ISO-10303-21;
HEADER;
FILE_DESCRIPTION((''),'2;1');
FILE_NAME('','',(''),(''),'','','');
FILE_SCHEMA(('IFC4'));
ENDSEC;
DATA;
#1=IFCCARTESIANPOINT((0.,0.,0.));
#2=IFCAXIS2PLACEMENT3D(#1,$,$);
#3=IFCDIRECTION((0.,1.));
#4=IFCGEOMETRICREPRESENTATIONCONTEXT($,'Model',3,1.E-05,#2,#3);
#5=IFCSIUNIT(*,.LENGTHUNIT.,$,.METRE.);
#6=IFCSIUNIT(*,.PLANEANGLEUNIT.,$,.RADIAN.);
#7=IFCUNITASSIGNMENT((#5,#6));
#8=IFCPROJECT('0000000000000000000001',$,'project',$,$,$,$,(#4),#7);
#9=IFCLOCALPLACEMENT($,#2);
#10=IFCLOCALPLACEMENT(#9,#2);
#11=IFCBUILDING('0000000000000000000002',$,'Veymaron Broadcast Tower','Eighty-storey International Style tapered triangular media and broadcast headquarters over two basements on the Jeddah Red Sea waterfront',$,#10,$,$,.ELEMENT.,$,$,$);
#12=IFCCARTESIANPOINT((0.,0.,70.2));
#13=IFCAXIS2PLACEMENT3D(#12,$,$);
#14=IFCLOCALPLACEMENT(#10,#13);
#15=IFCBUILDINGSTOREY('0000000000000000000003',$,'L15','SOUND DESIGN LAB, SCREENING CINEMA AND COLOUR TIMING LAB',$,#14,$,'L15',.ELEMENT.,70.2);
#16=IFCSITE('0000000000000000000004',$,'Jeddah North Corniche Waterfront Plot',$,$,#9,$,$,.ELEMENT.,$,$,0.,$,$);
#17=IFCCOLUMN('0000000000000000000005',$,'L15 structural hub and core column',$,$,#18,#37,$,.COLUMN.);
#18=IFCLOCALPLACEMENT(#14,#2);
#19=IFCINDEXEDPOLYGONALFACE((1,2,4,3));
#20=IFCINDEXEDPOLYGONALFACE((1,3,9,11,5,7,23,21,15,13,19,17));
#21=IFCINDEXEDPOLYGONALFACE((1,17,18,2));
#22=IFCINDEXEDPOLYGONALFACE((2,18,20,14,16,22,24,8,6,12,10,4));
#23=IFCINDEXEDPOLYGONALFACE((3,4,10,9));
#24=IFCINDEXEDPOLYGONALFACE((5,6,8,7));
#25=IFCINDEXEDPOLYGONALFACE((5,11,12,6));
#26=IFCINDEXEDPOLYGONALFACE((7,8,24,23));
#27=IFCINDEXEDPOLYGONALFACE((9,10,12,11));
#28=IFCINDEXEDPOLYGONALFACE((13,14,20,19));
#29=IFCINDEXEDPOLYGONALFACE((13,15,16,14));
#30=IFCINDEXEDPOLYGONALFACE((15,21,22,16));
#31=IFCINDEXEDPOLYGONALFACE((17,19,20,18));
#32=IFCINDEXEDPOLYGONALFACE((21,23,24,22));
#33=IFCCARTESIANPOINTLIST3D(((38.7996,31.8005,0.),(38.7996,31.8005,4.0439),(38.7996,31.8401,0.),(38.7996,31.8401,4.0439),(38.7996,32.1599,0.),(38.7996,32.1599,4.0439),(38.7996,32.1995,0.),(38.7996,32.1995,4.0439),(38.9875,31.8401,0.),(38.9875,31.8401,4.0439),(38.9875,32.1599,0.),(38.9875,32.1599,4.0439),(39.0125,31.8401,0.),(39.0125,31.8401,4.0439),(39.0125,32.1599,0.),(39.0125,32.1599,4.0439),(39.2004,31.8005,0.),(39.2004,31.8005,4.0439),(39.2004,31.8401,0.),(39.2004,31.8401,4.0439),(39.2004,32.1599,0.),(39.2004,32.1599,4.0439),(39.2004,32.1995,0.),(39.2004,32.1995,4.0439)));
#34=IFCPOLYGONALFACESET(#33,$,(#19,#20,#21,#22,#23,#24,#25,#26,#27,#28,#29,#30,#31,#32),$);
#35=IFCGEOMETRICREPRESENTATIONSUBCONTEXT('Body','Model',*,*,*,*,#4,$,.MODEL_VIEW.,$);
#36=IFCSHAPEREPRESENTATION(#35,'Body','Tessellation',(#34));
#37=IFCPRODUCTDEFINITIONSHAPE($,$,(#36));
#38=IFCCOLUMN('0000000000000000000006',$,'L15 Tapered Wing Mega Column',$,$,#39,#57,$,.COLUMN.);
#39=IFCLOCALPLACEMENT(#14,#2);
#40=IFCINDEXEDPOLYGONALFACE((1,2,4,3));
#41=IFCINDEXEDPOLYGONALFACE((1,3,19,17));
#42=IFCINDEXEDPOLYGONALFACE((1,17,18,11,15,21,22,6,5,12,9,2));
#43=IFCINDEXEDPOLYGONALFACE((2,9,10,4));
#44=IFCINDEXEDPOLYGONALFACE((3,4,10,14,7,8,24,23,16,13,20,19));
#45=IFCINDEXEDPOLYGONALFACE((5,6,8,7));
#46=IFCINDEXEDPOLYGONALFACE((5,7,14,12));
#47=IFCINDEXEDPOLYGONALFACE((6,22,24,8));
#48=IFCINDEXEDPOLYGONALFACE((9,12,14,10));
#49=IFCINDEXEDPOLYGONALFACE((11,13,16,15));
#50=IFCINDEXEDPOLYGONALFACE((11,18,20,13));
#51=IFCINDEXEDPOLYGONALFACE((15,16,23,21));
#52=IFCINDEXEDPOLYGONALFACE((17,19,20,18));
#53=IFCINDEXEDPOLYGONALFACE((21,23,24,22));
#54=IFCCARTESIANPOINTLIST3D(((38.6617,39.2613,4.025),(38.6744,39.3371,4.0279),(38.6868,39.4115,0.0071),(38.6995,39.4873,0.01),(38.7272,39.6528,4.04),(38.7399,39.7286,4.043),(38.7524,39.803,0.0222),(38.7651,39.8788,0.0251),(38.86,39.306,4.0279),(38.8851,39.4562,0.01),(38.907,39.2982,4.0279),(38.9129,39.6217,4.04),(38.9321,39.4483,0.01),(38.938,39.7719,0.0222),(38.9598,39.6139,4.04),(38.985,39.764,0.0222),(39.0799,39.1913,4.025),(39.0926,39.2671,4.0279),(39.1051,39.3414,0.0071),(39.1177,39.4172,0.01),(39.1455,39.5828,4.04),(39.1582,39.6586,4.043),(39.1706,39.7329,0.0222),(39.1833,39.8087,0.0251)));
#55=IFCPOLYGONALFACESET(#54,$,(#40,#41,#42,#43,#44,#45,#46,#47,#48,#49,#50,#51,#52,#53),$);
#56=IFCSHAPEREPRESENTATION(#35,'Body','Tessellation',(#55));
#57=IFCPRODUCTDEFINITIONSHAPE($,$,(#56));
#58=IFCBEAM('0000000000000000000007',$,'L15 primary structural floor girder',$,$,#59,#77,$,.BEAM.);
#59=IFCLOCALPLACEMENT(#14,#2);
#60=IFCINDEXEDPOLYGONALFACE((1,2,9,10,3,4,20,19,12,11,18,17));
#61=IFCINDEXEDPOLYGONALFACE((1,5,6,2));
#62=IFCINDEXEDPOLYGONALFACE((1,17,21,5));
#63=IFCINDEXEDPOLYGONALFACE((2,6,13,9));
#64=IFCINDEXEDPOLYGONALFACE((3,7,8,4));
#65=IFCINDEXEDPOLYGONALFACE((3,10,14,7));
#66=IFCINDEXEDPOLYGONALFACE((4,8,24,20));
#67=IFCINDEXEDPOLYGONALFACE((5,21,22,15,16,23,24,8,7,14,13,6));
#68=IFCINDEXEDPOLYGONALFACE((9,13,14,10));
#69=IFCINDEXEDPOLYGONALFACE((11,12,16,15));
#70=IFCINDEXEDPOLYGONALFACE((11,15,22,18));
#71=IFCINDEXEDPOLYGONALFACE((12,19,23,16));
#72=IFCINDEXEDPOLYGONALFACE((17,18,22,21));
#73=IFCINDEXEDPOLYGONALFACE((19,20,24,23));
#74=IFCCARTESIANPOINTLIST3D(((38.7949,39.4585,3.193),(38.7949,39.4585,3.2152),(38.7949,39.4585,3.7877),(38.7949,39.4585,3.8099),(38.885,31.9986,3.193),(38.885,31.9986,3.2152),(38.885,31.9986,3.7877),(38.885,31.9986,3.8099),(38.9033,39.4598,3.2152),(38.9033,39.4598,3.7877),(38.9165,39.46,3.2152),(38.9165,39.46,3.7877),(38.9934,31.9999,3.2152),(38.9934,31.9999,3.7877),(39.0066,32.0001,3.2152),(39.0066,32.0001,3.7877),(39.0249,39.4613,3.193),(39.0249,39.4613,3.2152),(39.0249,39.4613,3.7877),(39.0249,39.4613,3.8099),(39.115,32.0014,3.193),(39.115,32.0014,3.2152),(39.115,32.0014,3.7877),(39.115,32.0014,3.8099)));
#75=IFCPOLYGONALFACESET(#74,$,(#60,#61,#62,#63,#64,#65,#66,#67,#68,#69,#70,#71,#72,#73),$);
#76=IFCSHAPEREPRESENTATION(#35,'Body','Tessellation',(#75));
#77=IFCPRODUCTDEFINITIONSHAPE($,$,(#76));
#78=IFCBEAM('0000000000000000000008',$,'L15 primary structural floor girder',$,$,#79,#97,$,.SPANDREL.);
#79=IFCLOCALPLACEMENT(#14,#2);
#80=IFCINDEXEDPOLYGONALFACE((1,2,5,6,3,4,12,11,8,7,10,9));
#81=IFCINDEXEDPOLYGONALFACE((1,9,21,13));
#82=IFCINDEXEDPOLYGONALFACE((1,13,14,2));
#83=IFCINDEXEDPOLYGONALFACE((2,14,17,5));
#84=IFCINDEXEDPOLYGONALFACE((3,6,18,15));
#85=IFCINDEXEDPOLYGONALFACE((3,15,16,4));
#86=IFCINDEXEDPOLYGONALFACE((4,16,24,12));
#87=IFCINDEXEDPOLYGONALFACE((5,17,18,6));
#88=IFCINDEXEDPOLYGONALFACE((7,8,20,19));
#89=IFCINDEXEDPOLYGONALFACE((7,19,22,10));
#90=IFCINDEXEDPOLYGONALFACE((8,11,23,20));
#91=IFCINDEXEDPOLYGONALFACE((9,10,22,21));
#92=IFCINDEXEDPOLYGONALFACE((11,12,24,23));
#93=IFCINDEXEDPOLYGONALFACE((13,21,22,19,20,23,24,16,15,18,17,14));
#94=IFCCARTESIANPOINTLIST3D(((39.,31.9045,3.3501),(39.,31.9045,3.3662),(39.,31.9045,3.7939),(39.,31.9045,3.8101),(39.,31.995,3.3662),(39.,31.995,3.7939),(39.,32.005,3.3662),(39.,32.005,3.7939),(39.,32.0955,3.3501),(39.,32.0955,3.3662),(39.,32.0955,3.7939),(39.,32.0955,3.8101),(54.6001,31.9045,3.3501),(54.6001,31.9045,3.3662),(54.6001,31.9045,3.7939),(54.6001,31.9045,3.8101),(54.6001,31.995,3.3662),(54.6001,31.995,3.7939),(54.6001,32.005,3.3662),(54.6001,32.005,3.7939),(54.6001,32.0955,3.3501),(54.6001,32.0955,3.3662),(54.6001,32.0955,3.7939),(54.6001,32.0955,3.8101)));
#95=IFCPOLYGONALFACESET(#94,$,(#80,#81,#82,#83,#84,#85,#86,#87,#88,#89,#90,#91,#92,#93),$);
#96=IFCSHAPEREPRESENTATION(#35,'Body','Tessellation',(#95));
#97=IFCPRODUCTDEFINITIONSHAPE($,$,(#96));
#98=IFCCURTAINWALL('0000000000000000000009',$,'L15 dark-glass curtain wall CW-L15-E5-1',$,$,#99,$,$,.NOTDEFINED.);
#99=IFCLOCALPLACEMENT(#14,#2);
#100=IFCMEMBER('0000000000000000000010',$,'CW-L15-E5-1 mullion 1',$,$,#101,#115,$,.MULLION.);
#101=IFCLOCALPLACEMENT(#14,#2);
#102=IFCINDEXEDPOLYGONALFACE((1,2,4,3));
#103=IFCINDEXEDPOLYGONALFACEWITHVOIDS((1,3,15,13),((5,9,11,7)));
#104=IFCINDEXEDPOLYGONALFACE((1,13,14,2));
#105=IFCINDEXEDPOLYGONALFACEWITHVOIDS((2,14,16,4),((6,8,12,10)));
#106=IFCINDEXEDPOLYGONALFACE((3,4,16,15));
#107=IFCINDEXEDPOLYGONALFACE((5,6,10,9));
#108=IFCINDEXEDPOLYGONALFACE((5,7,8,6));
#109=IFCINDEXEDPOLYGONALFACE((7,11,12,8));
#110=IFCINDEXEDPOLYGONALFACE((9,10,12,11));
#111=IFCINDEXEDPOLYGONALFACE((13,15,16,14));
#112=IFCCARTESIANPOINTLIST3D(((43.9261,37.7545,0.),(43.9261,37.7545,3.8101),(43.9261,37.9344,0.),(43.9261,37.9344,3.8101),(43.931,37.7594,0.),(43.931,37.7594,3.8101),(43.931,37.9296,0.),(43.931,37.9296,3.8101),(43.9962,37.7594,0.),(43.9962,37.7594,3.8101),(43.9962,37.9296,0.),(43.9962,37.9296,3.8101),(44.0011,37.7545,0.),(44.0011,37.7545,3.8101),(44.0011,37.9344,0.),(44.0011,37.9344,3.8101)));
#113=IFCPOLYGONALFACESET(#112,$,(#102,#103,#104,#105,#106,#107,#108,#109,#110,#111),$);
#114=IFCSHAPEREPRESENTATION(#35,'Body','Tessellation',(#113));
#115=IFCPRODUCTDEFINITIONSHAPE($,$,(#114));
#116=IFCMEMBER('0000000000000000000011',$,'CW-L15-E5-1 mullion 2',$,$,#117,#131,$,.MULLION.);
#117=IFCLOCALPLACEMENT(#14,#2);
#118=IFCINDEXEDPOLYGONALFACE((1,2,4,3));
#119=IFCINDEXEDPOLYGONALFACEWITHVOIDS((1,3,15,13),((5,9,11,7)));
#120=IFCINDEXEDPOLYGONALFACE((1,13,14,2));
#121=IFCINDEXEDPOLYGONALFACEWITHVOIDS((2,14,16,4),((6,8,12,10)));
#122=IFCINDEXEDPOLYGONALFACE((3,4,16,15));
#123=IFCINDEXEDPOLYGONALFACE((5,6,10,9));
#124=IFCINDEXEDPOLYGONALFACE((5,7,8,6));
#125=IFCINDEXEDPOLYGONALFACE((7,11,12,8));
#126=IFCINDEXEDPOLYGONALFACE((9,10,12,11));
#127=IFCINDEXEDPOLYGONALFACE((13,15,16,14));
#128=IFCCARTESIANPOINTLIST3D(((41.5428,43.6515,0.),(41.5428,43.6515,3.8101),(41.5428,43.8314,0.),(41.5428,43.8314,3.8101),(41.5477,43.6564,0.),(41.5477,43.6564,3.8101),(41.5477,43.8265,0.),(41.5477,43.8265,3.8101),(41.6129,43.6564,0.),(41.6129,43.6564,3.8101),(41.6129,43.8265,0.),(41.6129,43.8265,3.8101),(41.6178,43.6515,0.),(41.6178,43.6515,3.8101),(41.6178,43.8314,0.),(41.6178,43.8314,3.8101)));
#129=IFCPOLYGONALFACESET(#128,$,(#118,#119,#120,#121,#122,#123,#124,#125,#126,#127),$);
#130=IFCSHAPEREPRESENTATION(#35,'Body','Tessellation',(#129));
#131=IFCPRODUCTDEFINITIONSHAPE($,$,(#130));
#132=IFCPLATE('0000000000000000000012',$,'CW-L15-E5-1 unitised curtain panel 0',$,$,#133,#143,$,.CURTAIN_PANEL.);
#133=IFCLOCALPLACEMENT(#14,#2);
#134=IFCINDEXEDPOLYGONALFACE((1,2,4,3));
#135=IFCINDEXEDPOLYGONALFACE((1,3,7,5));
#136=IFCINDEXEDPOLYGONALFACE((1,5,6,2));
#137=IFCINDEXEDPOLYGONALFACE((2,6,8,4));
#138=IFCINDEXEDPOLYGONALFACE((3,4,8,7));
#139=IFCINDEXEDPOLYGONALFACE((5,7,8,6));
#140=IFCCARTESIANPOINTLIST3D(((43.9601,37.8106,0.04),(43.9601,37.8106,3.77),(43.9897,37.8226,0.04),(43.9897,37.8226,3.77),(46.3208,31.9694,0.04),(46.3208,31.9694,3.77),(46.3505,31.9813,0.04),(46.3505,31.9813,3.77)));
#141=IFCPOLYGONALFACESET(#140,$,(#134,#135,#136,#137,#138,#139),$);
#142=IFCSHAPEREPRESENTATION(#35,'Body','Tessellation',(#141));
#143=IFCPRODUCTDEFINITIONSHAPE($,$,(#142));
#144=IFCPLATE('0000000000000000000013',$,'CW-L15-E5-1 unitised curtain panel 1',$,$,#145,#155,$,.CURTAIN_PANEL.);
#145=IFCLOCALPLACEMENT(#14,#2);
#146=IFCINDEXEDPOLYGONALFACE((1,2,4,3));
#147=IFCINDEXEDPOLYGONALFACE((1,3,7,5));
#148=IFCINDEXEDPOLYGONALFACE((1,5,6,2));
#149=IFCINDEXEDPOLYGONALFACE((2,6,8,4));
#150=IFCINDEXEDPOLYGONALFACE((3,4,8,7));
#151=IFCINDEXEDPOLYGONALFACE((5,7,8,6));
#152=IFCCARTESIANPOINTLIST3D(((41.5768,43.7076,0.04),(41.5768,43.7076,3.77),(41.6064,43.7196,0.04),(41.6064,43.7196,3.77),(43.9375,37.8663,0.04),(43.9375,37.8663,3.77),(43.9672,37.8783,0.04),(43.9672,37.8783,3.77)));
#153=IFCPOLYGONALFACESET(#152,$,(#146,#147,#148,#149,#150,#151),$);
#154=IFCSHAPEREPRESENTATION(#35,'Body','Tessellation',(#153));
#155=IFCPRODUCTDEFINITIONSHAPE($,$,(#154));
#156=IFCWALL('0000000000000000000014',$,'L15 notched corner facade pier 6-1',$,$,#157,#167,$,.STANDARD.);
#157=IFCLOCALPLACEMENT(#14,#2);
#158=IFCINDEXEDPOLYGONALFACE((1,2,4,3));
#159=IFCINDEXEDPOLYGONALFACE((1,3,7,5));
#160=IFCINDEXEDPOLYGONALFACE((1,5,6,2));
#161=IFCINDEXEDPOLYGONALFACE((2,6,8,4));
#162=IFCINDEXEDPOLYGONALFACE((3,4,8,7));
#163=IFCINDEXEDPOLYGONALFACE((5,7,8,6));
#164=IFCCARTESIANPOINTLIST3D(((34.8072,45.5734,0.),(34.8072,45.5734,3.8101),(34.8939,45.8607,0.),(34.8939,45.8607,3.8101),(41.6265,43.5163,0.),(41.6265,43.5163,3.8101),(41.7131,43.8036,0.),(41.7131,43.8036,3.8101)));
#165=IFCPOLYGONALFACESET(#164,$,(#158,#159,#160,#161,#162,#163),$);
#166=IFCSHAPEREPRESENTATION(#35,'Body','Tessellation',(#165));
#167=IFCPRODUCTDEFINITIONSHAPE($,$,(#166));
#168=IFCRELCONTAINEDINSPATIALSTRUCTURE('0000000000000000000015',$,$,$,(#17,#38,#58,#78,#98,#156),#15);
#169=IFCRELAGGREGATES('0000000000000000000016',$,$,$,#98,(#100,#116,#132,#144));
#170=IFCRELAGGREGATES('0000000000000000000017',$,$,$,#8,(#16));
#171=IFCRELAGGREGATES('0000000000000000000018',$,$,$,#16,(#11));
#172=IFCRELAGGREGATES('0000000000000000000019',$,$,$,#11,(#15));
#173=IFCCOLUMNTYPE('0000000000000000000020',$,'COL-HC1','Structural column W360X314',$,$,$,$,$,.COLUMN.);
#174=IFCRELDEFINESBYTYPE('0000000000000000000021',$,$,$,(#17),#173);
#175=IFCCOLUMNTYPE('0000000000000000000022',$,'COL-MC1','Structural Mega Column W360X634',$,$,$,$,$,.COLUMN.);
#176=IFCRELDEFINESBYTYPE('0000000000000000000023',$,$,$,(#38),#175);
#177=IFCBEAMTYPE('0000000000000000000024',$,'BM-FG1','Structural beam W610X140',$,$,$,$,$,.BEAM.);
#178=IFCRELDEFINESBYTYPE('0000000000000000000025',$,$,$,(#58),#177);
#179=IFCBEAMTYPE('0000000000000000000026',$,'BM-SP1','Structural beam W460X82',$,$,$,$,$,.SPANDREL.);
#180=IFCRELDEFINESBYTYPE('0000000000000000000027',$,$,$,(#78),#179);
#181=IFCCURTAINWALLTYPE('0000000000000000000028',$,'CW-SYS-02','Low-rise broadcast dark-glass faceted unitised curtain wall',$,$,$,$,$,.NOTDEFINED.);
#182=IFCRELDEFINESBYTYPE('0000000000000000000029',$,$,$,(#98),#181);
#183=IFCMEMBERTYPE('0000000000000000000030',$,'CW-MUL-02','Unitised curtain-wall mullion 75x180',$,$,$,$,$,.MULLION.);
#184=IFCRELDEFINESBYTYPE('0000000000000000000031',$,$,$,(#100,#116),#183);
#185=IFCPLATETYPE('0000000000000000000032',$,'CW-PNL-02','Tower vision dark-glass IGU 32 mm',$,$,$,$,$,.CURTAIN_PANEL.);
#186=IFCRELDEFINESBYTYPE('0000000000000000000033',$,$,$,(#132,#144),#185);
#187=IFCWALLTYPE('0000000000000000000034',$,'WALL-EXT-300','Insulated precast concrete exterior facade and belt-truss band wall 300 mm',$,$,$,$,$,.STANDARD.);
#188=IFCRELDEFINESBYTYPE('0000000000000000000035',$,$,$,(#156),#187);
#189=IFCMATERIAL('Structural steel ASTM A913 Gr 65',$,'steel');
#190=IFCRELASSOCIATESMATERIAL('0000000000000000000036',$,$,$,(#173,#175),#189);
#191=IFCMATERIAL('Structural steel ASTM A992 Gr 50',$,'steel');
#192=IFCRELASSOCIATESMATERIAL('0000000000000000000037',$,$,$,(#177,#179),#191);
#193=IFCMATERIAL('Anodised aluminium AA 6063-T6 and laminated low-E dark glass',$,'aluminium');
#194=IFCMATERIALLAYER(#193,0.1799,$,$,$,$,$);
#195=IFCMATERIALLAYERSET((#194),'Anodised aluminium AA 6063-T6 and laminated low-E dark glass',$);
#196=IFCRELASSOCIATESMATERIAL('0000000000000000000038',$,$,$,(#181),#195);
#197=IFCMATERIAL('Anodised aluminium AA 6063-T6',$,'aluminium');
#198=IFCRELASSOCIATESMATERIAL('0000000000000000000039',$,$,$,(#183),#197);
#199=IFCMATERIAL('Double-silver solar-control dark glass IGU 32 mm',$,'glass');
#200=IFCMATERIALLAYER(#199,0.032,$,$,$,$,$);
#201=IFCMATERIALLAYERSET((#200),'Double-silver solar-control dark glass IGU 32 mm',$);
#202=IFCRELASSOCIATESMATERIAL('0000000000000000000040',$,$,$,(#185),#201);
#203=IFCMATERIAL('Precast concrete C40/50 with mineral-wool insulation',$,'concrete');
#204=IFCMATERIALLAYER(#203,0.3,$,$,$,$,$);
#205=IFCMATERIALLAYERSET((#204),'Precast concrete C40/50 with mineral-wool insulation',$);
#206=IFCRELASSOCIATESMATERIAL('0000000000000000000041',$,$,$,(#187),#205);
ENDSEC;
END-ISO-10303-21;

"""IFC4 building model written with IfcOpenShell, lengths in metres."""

from ifc_helpers import new_model, si_unit, direction, frame, frame_2d, origin, origin_2d, place, context, subcontext, project, spatial, rectangle, hollow_rectangle, i_section, extrude, material, layer, layer_set, material_profile, profile_set, type_object, element, aggregate, save


model = new_model("IFC4")

# Units and contexts
model_context = context("Model", 3, precision=1e-05, world=origin(), true_north=direction((0.0, 1.0)))
body_context = subcontext(model_context, "Body", "Model", "MODEL_VIEW")
ifc_project = project(units=[si_unit("LENGTHUNIT", "METRE"), si_unit("PLANEANGLEUNIT", "RADIAN")], contexts=[model_context])

# Site, building, storey
site_placement = place(None, origin())
site = spatial("IfcSite", under=ifc_project, at=site_placement, Name="Jeddah North Corniche Waterfront Plot", CompositionType="ELEMENT", RefElevation=0.0)
building_placement = place(site_placement, origin())
building = spatial("IfcBuilding", under=site, at=building_placement, Name="Veymaron Broadcast Tower", Description="Eighty-storey International Style tapered triangular media and broadcast headquarters over two basements on the Jeddah Red Sea waterfront", CompositionType="ELEMENT")
storey_placement = place(building_placement, frame((0.0, 0.0, 70.2)))
storey = spatial("IfcBuildingStorey", under=building, at=storey_placement, Name="L15", Description="SOUND DESIGN LAB, SCREENING CINEMA AND COLOUR TIMING LAB", LongName="L15", CompositionType="ELEMENT", Elevation=70.2)

# Columns
ifc_material_1 = material(Name="Structural steel ASTM A913 Gr 65", Category="steel")
ifc_material_profile_1 = material_profile(ifc_material_1, i_section(OverallWidth=0.4009, OverallDepth=0.3989, WebThickness=0.0249, FlangeThickness=0.0396, at=origin_2d()), Name="W360X314")
ifc_profile_set_1 = profile_set([ifc_material_profile_1], Name="Structural steel ASTM A913 Gr 65")
column_type_1 = type_object("IfcColumnType", Name="COL-HC1", Description="Structural column W360X314", PredefinedType="COLUMN", material=ifc_profile_set_1)
column_1_placement = place(storey_placement, frame((39.0, 32.0, 0.0), z_axis=(0.0, 0.0, 1.0), x_axis=(1.0, 0.0, 0.0)))
element("IfcColumn", 1, at=column_1_placement, inside=storey, type_object=column_type_1, Name="L15 structural hub and core column", PredefinedType="COLUMN", context=body_context, shape_type="SweptSolid", body=[
    extrude(i_section(OverallWidth=0.4009, OverallDepth=0.3989, WebThickness=0.0249, FlangeThickness=0.0396, at=origin_2d()), origin(), (0.0, 0.0, 1.0), 4.0439),
])
ifc_material_profile_2 = material_profile(ifc_material_1, i_section(OverallWidth=0.4241, OverallDepth=0.4741, WebThickness=0.0476, FlangeThickness=0.0769, at=origin_2d()), Name="W360X634")
ifc_profile_set_2 = profile_set([ifc_material_profile_2], Name="Structural steel ASTM A913 Gr 65")
column_type_2 = type_object("IfcColumnType", Name="COL-MC1", Description="Structural Mega Column W360X634", PredefinedType="COLUMN", material=ifc_profile_set_2)
column_2_placement = place(storey_placement, frame((38.9351, 39.6101, 0.0161), z_axis=(-0.006254, -0.037343, 0.999283), x_axis=(0.986264, -0.165179, 0.0)))
element("IfcColumn", 2, at=column_2_placement, inside=storey, type_object=column_type_2, Name="L15 Tapered Wing Mega Column", PredefinedType="COLUMN", context=body_context, shape_type="SweptSolid", body=[
    extrude(i_section(OverallWidth=0.4241, OverallDepth=0.4741, WebThickness=0.0476, FlangeThickness=0.0769, at=origin_2d()), origin(), (0.0, 0.0, 1.0), 4.0208),
])

# Beams
ifc_material_2 = material(Name="Structural steel ASTM A992 Gr 50", Category="steel")
ifc_material_profile_3 = material_profile(ifc_material_2, i_section(OverallWidth=0.23, OverallDepth=0.6169, WebThickness=0.0132, FlangeThickness=0.0222, at=origin_2d()), Name="W610X140")
ifc_profile_set_3 = profile_set([ifc_material_profile_3], Name="Structural steel ASTM A992 Gr 50")
beam_type_1 = type_object("IfcBeamType", Name="BM-FG1", Description="Structural beam W610X140", PredefinedType="BEAM", material=ifc_profile_set_3)
beam_1_placement = place(storey_placement, frame((39.0, 32.0, 3.5015), z_axis=(-0.012075, 0.999927, 0.0), x_axis=(-0.999927, -0.012075, 0.0)))
element("IfcBeam", 3, at=beam_1_placement, inside=storey, type_object=beam_type_1, Name="L15 primary structural floor girder", PredefinedType="BEAM", context=body_context, shape_type="SweptSolid", body=[
    extrude(i_section(OverallWidth=0.23, OverallDepth=0.6169, WebThickness=0.0132, FlangeThickness=0.0222, at=origin_2d()), origin(), (0.0, 0.0, 1.0), 7.4604),
])
ifc_material_profile_4 = material_profile(ifc_material_2, i_section(OverallWidth=0.1909, OverallDepth=0.46, WebThickness=0.01, FlangeThickness=0.0161, at=origin_2d()), Name="W460X82")
ifc_profile_set_4 = profile_set([ifc_material_profile_4], Name="Structural steel ASTM A992 Gr 50")
beam_type_2 = type_object("IfcBeamType", Name="BM-SP1", Description="Structural beam W460X82", PredefinedType="SPANDREL", material=ifc_profile_set_4)
beam_2_placement = place(storey_placement, frame((39.0, 32.0, 3.5801), z_axis=(1.0, 0.0, 0.0), x_axis=(0.0, 1.0, 0.0)))
element("IfcBeam", 4, at=beam_2_placement, inside=storey, type_object=beam_type_2, Name="L15 primary structural floor girder", PredefinedType="SPANDREL", context=body_context, shape_type="SweptSolid", body=[
    extrude(i_section(OverallWidth=0.1909, OverallDepth=0.46, WebThickness=0.01, FlangeThickness=0.0161, at=origin_2d()), origin(), (0.0, 0.0, 1.0), 15.6001),
])

# Curtain wall, members, plates
ifc_material_3 = material(Name="Anodised aluminium AA 6063-T6 and laminated low-E dark glass", Category="aluminium")
ifc_layer_1 = layer(ifc_material_3, 0.1799)
ifc_layer_set_1 = layer_set([ifc_layer_1], Name="Anodised aluminium AA 6063-T6 and laminated low-E dark glass")
curtain_wall_type = type_object("IfcCurtainWallType", Name="CW-SYS-02", Description="Low-rise broadcast dark-glass faceted unitised curtain wall", PredefinedType="NOTDEFINED", material=ifc_layer_set_1)
curtain_wall_placement = place(storey_placement, origin())
curtain_wall = element("IfcCurtainWall", 5, at=curtain_wall_placement, inside=storey, type_object=curtain_wall_type, Name="L15 dark-glass curtain wall CW-L15-E5-1", PredefinedType="NOTDEFINED")
ifc_material_4 = material(Name="Anodised aluminium AA 6063-T6", Category="aluminium")
ifc_material_profile_5 = material_profile(ifc_material_4, hollow_rectangle(XDim=0.075, YDim=0.1799, WallThickness=0.0049, at=origin_2d()), Name="AL180X75X5")
ifc_profile_set_5 = profile_set([ifc_material_profile_5], Name="Anodised aluminium AA 6063-T6")
member_type = type_object("IfcMemberType", Name="CW-MUL-02", Description="Unitised curtain-wall mullion 75x180", PredefinedType="MULLION", material=ifc_profile_set_5)
member_1_placement = place(storey_placement, frame((43.9636, 37.8445, 0.0), z_axis=(0.0, 0.0, 1.0), x_axis=(1.0, 0.0, 0.0)))
member_1 = element("IfcMember", 6, at=member_1_placement, type_object=member_type, Name="CW-L15-E5-1 mullion 1", PredefinedType="MULLION", context=body_context, shape_type="SweptSolid", body=[
    extrude(hollow_rectangle(XDim=0.075, YDim=0.1799, WallThickness=0.0049, at=origin_2d()), origin(), (0.0, 0.0, 1.0), 3.8101),
])
member_2_placement = place(storey_placement, frame((41.5803, 43.7415, 0.0), z_axis=(0.0, 0.0, 1.0), x_axis=(1.0, 0.0, 0.0)))
member_2 = element("IfcMember", 7, at=member_2_placement, type_object=member_type, Name="CW-L15-E5-1 mullion 2", PredefinedType="MULLION", context=body_context, shape_type="SweptSolid", body=[
    extrude(hollow_rectangle(XDim=0.075, YDim=0.1799, WallThickness=0.0049, at=origin_2d()), origin(), (0.0, 0.0, 1.0), 3.8101),
])
ifc_material_5 = material(Name="Double-silver solar-control dark glass IGU 32 mm", Category="glass")
ifc_layer_2 = layer(ifc_material_5, 0.032)
ifc_layer_set_2 = layer_set([ifc_layer_2], Name="Double-silver solar-control dark glass IGU 32 mm")
plate_type = type_object("IfcPlateType", Name="CW-PNL-02", Description="Tower vision dark-glass IGU 32 mm", PredefinedType="CURTAIN_PANEL", material=ifc_layer_set_2)
plate_1_placement = place(storey_placement, frame((45.1553, 34.896, 0.04), z_axis=(0.0, 0.0, 1.0), x_axis=(-0.374704, 0.927145, 0.0)))
plate_1 = element("IfcPlate", 8, at=plate_1_placement, type_object=plate_type, Name="CW-L15-E5-1 unitised curtain panel 0", PredefinedType="CURTAIN_PANEL", context=body_context, shape_type="SweptSolid", body=[
    extrude(rectangle(XDim=6.3003, YDim=0.032, at=origin_2d()), origin(), (0.0, 0.0, 1.0), 3.73),
])
plate_2_placement = place(storey_placement, frame((42.772, 40.793, 0.04), z_axis=(0.0, 0.0, 1.0), x_axis=(-0.374704, 0.927145, 0.0)))
plate_2 = element("IfcPlate", 9, at=plate_2_placement, type_object=plate_type, Name="CW-L15-E5-1 unitised curtain panel 1", PredefinedType="CURTAIN_PANEL", context=body_context, shape_type="SweptSolid", body=[
    extrude(rectangle(XDim=6.3003, YDim=0.032, at=origin_2d()), origin(), (0.0, 0.0, 1.0), 3.73),
])
aggregate(curtain_wall, [member_1, member_2, plate_1, plate_2])

# Wall
ifc_material_6 = material(Name="Precast concrete C40/50 with mineral-wool insulation", Category="concrete")
ifc_layer_3 = layer(ifc_material_6, 0.3)
ifc_layer_set_3 = layer_set([ifc_layer_3], Name="Precast concrete C40/50 with mineral-wool insulation")
wall_type_1 = type_object("IfcWallType", Name="WALL-EXT-300", Description="Insulated precast concrete exterior facade and belt-truss band wall 300 mm", PredefinedType="STANDARD", material=ifc_layer_set_3)
wall_1_placement = place(storey_placement, frame((41.6699, 43.6599, 0.0), z_axis=(0.0, 0.0, 1.0), x_axis=(-0.957387, 0.288807, 0.0)))
element("IfcWall", 10, at=wall_1_placement, inside=storey, type_object=wall_type_1, Name="L15 notched corner facade pier 6-1", PredefinedType="STANDARD", context=body_context, shape_type="SweptSolid", body=[
    extrude(rectangle(XDim=7.1228, YDim=0.3, at=frame_2d((3.5615, 0.0))), origin(), (0.0, 0.0, 1.0), 3.8101),
])

save(model, "model.ifc")
